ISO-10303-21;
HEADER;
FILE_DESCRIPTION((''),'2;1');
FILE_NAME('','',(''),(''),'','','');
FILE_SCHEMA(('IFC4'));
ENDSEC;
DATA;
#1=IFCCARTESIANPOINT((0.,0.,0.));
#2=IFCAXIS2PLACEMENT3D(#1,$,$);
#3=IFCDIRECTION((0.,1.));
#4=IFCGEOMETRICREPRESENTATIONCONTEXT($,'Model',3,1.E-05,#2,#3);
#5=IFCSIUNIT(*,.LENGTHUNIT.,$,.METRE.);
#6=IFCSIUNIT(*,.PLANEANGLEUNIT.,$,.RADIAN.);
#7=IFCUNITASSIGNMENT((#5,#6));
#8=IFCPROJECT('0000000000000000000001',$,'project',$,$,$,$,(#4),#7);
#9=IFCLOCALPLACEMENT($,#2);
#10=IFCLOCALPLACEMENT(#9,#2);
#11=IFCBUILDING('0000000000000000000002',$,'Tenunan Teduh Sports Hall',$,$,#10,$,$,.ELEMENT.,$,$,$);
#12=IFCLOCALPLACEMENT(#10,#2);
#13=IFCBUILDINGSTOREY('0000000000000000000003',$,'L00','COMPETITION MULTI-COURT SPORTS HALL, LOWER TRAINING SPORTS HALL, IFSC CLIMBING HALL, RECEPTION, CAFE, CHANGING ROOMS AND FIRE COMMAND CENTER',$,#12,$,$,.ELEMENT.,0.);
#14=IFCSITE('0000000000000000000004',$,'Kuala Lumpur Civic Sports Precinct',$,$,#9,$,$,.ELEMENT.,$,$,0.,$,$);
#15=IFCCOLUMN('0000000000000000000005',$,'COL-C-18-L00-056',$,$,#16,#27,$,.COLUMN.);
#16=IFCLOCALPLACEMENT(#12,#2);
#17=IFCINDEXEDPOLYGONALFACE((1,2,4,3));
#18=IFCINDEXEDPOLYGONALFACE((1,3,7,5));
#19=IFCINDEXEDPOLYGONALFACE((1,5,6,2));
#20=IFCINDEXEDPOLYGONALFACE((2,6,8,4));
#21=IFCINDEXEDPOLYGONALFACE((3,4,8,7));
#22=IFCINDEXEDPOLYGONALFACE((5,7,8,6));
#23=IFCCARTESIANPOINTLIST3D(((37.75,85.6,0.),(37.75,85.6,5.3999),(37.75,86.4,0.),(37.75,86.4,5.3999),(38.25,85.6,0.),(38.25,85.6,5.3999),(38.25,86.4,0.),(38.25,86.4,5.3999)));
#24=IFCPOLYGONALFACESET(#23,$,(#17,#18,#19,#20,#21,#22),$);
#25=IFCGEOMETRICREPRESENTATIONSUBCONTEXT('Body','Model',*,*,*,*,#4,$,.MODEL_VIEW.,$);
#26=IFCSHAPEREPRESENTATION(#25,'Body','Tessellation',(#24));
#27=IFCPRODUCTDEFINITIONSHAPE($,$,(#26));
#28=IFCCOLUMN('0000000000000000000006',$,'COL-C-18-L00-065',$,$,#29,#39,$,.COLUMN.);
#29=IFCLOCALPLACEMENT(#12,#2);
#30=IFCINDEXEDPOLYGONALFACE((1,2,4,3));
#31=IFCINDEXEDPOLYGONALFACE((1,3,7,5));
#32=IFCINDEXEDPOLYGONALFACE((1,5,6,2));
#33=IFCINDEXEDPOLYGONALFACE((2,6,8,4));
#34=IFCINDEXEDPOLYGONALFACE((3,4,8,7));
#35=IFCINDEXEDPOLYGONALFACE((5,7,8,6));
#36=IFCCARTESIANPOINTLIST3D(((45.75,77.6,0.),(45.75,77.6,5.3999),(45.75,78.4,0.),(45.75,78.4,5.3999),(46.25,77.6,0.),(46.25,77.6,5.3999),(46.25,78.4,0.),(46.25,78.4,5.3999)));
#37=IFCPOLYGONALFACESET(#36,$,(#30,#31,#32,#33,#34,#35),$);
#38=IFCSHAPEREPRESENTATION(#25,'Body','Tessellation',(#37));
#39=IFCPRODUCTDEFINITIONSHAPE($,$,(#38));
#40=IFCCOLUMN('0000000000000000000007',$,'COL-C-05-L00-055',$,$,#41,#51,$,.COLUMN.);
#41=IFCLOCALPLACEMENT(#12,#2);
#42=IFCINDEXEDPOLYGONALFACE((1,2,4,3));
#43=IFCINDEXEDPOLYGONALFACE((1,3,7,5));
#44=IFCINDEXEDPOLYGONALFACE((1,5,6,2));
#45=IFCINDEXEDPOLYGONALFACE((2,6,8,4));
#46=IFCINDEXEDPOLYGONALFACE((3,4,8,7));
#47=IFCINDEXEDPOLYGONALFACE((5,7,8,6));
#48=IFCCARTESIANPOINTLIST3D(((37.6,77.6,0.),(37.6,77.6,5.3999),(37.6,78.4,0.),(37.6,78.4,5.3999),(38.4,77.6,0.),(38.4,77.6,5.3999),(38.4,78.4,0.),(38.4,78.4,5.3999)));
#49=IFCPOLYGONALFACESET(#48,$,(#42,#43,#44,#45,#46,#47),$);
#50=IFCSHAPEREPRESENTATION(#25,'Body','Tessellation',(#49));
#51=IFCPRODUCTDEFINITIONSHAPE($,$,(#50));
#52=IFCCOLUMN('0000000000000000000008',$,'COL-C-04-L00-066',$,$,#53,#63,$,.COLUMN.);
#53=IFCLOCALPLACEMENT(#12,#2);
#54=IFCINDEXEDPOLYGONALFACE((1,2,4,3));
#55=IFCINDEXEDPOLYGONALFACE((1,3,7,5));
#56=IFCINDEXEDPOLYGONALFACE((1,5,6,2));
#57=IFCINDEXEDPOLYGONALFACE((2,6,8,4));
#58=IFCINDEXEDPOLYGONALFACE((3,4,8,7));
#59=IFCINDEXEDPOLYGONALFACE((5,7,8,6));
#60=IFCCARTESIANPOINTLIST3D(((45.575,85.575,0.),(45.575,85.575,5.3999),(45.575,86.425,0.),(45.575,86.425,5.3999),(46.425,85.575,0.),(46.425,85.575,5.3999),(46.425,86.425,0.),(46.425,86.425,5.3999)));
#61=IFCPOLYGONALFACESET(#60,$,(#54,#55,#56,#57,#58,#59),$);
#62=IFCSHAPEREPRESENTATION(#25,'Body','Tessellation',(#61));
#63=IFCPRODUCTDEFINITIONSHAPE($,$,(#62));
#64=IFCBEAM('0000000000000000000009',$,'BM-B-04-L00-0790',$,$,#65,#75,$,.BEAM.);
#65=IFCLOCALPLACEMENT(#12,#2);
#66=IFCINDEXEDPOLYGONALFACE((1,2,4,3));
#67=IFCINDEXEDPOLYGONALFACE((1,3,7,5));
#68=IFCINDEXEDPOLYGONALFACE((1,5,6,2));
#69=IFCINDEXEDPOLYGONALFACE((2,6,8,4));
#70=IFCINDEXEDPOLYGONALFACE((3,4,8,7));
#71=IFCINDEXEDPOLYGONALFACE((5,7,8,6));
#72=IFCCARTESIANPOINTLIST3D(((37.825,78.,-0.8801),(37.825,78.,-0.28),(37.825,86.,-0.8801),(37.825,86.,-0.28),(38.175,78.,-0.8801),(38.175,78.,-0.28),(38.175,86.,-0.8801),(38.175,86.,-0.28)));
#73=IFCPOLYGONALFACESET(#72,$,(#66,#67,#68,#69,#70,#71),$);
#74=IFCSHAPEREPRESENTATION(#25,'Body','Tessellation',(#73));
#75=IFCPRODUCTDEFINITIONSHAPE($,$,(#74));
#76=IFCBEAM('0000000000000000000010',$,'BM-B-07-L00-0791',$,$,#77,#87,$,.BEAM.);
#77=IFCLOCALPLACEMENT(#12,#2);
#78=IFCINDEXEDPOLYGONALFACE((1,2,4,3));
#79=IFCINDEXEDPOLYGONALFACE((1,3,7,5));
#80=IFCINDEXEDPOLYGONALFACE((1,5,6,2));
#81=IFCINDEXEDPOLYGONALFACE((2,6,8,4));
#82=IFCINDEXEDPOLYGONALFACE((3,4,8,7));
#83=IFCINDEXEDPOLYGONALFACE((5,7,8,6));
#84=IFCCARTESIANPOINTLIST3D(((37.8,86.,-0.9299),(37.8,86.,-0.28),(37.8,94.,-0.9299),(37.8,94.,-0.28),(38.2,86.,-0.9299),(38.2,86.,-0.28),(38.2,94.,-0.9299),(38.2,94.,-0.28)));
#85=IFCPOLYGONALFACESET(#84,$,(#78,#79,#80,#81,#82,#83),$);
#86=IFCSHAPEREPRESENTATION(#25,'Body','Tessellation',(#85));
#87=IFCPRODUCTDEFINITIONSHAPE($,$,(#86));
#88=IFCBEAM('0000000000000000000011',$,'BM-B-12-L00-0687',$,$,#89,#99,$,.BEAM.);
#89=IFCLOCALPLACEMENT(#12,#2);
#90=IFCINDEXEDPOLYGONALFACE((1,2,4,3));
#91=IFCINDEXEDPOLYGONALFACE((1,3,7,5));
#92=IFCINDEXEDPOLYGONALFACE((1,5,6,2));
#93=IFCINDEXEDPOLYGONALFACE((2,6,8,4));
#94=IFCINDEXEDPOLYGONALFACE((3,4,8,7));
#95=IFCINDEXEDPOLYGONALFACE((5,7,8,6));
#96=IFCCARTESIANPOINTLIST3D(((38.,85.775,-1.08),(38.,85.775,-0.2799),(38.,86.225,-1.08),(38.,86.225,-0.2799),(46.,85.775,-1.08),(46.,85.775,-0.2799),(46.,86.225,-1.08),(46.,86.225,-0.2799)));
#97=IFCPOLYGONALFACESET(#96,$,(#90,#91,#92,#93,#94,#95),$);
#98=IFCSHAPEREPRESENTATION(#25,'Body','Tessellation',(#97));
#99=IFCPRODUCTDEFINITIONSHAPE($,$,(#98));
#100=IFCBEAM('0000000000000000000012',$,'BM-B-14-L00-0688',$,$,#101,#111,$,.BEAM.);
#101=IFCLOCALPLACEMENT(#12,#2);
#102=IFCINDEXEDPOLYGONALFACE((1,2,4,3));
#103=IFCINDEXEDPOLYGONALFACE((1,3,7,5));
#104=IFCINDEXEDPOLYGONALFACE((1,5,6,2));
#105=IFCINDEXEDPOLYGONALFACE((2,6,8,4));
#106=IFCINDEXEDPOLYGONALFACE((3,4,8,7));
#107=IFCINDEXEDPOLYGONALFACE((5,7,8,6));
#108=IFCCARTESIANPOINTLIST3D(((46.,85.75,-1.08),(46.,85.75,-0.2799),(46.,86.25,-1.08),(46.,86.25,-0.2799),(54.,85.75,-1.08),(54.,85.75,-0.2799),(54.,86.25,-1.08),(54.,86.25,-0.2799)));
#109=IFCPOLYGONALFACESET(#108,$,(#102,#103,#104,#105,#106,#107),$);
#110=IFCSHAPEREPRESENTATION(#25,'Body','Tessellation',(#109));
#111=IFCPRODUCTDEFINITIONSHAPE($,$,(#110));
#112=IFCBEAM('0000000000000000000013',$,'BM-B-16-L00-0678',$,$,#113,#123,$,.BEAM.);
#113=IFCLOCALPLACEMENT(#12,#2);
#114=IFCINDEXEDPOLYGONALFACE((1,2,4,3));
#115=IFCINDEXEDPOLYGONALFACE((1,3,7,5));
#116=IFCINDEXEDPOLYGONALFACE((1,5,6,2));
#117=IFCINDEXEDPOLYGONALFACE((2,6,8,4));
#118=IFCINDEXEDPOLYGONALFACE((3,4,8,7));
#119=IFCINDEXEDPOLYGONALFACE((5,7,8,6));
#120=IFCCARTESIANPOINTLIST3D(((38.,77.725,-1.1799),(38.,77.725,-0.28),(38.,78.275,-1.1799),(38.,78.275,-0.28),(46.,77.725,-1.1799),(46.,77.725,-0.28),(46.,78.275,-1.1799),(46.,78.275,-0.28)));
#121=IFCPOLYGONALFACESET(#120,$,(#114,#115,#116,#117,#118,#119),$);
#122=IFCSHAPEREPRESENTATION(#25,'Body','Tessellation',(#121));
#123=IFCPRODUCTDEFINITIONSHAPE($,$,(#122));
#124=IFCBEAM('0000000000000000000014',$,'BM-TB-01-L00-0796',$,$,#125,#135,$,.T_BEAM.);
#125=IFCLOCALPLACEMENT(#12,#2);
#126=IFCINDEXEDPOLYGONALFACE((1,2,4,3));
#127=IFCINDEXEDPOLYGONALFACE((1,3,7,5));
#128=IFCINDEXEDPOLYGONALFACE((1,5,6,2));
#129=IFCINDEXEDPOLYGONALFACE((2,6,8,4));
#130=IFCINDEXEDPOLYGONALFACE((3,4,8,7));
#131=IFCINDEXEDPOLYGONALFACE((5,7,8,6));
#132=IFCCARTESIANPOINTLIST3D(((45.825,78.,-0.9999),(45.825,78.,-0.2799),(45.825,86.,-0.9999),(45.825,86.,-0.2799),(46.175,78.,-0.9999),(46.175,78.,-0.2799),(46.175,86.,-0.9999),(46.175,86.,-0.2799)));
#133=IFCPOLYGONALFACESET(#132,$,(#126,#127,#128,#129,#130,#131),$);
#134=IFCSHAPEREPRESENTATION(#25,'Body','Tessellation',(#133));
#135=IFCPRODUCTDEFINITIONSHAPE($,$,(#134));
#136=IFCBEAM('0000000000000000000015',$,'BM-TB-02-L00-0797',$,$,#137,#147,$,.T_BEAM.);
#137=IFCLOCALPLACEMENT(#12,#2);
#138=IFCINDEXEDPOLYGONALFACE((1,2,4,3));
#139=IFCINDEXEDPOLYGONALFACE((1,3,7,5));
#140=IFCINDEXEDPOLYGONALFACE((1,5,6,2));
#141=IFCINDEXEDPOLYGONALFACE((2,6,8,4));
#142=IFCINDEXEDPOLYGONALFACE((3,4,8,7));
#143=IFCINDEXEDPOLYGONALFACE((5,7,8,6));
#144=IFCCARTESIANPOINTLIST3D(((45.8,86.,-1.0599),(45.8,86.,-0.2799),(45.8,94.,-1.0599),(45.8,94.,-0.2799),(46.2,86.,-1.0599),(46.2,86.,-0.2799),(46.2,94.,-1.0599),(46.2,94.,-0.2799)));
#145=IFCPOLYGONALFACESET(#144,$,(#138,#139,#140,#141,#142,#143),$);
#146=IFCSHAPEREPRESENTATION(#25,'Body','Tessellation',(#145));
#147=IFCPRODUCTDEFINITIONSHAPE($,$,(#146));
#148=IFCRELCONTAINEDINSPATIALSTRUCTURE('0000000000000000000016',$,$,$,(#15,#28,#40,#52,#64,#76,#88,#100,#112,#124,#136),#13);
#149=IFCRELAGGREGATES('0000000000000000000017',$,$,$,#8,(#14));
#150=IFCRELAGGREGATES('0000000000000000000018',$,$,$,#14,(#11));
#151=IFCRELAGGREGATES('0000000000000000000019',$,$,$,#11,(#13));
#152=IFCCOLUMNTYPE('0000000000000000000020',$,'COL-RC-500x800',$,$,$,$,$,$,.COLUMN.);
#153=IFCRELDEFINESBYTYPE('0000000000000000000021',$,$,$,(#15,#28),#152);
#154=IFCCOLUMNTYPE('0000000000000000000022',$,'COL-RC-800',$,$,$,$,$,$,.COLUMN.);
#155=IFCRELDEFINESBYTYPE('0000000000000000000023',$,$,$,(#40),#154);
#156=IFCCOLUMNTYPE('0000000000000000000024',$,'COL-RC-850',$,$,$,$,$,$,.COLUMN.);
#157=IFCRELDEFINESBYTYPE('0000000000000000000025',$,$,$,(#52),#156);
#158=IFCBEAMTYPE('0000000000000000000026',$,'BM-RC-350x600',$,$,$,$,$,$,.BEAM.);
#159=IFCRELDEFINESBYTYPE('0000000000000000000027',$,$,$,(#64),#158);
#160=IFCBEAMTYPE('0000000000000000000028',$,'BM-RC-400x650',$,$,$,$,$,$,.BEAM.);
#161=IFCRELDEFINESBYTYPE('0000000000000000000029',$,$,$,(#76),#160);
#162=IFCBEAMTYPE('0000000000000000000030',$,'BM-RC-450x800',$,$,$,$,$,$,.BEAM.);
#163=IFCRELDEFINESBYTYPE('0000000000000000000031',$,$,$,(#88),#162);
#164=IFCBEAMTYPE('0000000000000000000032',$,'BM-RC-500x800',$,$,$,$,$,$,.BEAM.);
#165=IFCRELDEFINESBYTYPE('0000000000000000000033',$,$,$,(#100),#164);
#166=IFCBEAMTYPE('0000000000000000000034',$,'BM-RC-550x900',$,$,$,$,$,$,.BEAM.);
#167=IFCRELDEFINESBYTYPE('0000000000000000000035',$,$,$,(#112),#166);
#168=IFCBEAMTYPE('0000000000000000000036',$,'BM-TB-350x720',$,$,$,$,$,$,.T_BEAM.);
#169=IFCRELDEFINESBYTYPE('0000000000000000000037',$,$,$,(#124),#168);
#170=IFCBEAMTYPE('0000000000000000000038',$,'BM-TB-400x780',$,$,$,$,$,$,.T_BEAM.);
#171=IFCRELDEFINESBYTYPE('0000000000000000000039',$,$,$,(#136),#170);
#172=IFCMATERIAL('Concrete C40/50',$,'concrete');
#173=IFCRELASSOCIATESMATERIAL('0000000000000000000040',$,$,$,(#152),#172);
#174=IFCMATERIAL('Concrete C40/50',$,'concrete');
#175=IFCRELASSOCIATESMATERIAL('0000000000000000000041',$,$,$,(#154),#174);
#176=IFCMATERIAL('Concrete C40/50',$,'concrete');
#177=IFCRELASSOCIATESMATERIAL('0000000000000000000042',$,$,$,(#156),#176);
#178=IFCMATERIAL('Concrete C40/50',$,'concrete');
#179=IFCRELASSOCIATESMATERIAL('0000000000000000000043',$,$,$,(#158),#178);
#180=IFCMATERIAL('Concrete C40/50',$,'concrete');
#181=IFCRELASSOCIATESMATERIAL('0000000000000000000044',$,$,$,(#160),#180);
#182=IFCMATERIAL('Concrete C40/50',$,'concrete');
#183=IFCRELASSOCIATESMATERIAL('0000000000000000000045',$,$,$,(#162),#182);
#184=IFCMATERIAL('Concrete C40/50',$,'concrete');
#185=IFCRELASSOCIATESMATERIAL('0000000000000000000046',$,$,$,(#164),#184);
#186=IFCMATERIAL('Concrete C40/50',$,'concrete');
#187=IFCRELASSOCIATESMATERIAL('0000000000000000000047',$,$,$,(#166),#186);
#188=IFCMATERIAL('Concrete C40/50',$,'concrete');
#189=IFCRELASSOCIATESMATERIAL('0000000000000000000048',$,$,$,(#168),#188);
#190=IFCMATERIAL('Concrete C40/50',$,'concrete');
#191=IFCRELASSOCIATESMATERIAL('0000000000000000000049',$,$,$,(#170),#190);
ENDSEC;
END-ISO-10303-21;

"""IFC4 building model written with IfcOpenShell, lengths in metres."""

from ifc_helpers import new_model, si_unit, direction, frame, origin, origin_2d, place, context, subcontext, project, spatial, rectangle, extrude, material, material_profile, profile_set, type_object, element, save


model = new_model("IFC4")

# Units and contexts
model_context = context("Model", 3, precision=1e-05, world=origin(), true_north=direction((0.0, 1.0)))
body_context = subcontext(model_context, "Body", "Model", "MODEL_VIEW")
ifc_project = project(units=[si_unit("LENGTHUNIT", "METRE"), si_unit("PLANEANGLEUNIT", "RADIAN")], contexts=[model_context])

# Site, building, storey
site_placement = place(None, origin())
site = spatial("IfcSite", under=ifc_project, at=site_placement, Name="Kuala Lumpur Civic Sports Precinct", CompositionType="ELEMENT", RefElevation=0.0)
building_placement = place(site_placement, origin())
building = spatial("IfcBuilding", under=site, at=building_placement, Name="Tenunan Teduh Sports Hall", CompositionType="ELEMENT")
storey_placement = place(building_placement, origin())
storey = spatial("IfcBuildingStorey", under=building, at=storey_placement, Name="L00", Description="COMPETITION MULTI-COURT SPORTS HALL, LOWER TRAINING SPORTS HALL, IFSC CLIMBING HALL, RECEPTION, CAFE, CHANGING ROOMS AND FIRE COMMAND CENTER", CompositionType="ELEMENT", Elevation=0.0)

# Columns
ifc_material_1 = material(Name="Concrete C40/50", Category="concrete")
ifc_material_profile_1 = material_profile(ifc_material_1, rectangle(XDim=0.5, YDim=0.8, at=origin_2d()), Name="RC 500x800")
ifc_profile_set_1 = profile_set([ifc_material_profile_1], Name="Concrete C40/50")
column_type_1 = type_object("IfcColumnType", Name="COL-RC-500x800", PredefinedType="COLUMN", material=ifc_profile_set_1)
for number, where, z_axis, x_axis, name in (
    (1, (38.0, 86.0, 0.0), (0.0, 0.0, 1.0), (1.0, 0.0, 0.0), "COL-C-18-L00-056"),
    (2, (46.0, 78.0, 0.0), (0.0, 0.0, 1.0), (1.0, 0.0, 0.0), "COL-C-18-L00-065"),
):
    element("IfcColumn", number, at=place(storey_placement, frame(where, z_axis=z_axis, x_axis=x_axis)), inside=storey, type_object=column_type_1, Name=name, PredefinedType="COLUMN", context=body_context, shape_type="SweptSolid", body=[
        extrude(rectangle(XDim=0.5, YDim=0.8, at=origin_2d()), origin(), (0.0, 0.0, 1.0), 5.3999),
    ])
ifc_material_2 = material(Name="Concrete C40/50", Category="concrete")
ifc_material_profile_2 = material_profile(ifc_material_2, rectangle(XDim=0.8, YDim=0.8, at=origin_2d()), Name="RC 800x800")
ifc_profile_set_2 = profile_set([ifc_material_profile_2], Name="Concrete C40/50")
column_type_2 = type_object("IfcColumnType", Name="COL-RC-800", PredefinedType="COLUMN", material=ifc_profile_set_2)
column_1_placement = place(storey_placement, frame((38.0, 78.0, 0.0), z_axis=(0.0, 0.0, 1.0), x_axis=(1.0, 0.0, 0.0)))
element("IfcColumn", 3, at=column_1_placement, inside=storey, type_object=column_type_2, Name="COL-C-05-L00-055", PredefinedType="COLUMN", context=body_context, shape_type="SweptSolid", body=[
    extrude(rectangle(XDim=0.8, YDim=0.8, at=origin_2d()), origin(), (0.0, 0.0, 1.0), 5.3999),
])
ifc_material_3 = material(Name="Concrete C40/50", Category="concrete")
ifc_material_profile_3 = material_profile(ifc_material_3, rectangle(XDim=0.8501, YDim=0.8501, at=origin_2d()), Name="RC 850x850")
ifc_profile_set_3 = profile_set([ifc_material_profile_3], Name="Concrete C40/50")
column_type_3 = type_object("IfcColumnType", Name="COL-RC-850", PredefinedType="COLUMN", material=ifc_profile_set_3)
column_2_placement = place(storey_placement, frame((46.0, 86.0, 0.0), z_axis=(0.0, 0.0, 1.0), x_axis=(1.0, 0.0, 0.0)))
element("IfcColumn", 4, at=column_2_placement, inside=storey, type_object=column_type_3, Name="COL-C-04-L00-066", PredefinedType="COLUMN", context=body_context, shape_type="SweptSolid", body=[
    extrude(rectangle(XDim=0.8501, YDim=0.8501, at=origin_2d()), origin(), (0.0, 0.0, 1.0), 5.3999),
])

# Beams
ifc_material_4 = material(Name="Concrete C40/50", Category="concrete")
ifc_material_profile_4 = material_profile(ifc_material_4, rectangle(XDim=0.3501, YDim=0.6001, at=origin_2d()), Name="RCB 350x600")
ifc_profile_set_4 = profile_set([ifc_material_profile_4], Name="Concrete C40/50")
beam_type_1 = type_object("IfcBeamType", Name="BM-RC-350x600", PredefinedType="BEAM", material=ifc_profile_set_4)
beam_1_placement = place(storey_placement, frame((38.0, 78.0, -0.5801), z_axis=(0.0, 1.0, 0.0), x_axis=(-1.0, 0.0, 0.0)))
element("IfcBeam", 5, at=beam_1_placement, inside=storey, type_object=beam_type_1, Name="BM-B-04-L00-0790", PredefinedType="BEAM", context=body_context, shape_type="SweptSolid", body=[
    extrude(rectangle(XDim=0.3501, YDim=0.6001, at=origin_2d()), origin(), (0.0, 0.0, 1.0), 8.0),
])
ifc_material_5 = material(Name="Concrete C40/50", Category="concrete")
ifc_material_profile_5 = material_profile(ifc_material_5, rectangle(XDim=0.3999, YDim=0.6499, at=origin_2d()), Name="RCB 400x650")
ifc_profile_set_5 = profile_set([ifc_material_profile_5], Name="Concrete C40/50")
beam_type_2 = type_object("IfcBeamType", Name="BM-RC-400x650", PredefinedType="BEAM", material=ifc_profile_set_5)
beam_2_placement = place(storey_placement, frame((38.0, 86.0, -0.605), z_axis=(0.0, 1.0, 0.0), x_axis=(-1.0, 0.0, 0.0)))
element("IfcBeam", 6, at=beam_2_placement, inside=storey, type_object=beam_type_2, Name="BM-B-07-L00-0791", PredefinedType="BEAM", context=body_context, shape_type="SweptSolid", body=[
    extrude(rectangle(XDim=0.3999, YDim=0.6499, at=origin_2d()), origin(), (0.0, 0.0, 1.0), 8.0),
])
ifc_material_6 = material(Name="Concrete C40/50", Category="concrete")
ifc_material_profile_6 = material_profile(ifc_material_6, rectangle(XDim=0.45, YDim=0.8, at=origin_2d()), Name="RCB 450x800")
ifc_profile_set_6 = profile_set([ifc_material_profile_6], Name="Concrete C40/50")
beam_type_3 = type_object("IfcBeamType", Name="BM-RC-450x800", PredefinedType="BEAM", material=ifc_profile_set_6)
beam_3_placement = place(storey_placement, frame((38.0, 86.0, -0.6799), z_axis=(1.0, 0.0, 0.0), x_axis=(0.0, 1.0, 0.0)))
element("IfcBeam", 7, at=beam_3_placement, inside=storey, type_object=beam_type_3, Name="BM-B-12-L00-0687", PredefinedType="BEAM", context=body_context, shape_type="SweptSolid", body=[
    extrude(rectangle(XDim=0.45, YDim=0.8, at=origin_2d()), origin(), (0.0, 0.0, 1.0), 8.0),
])
ifc_material_7 = material(Name="Concrete C40/50", Category="concrete")
ifc_material_profile_7 = material_profile(ifc_material_7, rectangle(XDim=0.5, YDim=0.8, at=origin_2d()), Name="RCB 500x800")
ifc_profile_set_7 = profile_set([ifc_material_profile_7], Name="Concrete C40/50")
beam_type_4 = type_object("IfcBeamType", Name="BM-RC-500x800", PredefinedType="BEAM", material=ifc_profile_set_7)
beam_4_placement = place(storey_placement, frame((46.0, 86.0, -0.6799), z_axis=(1.0, 0.0, 0.0), x_axis=(0.0, 1.0, 0.0)))
element("IfcBeam", 8, at=beam_4_placement, inside=storey, type_object=beam_type_4, Name="BM-B-14-L00-0688", PredefinedType="BEAM", context=body_context, shape_type="SweptSolid", body=[
    extrude(rectangle(XDim=0.5, YDim=0.8, at=origin_2d()), origin(), (0.0, 0.0, 1.0), 8.0),
])
ifc_material_8 = material(Name="Concrete C40/50", Category="concrete")
ifc_material_profile_8 = material_profile(ifc_material_8, rectangle(XDim=0.55, YDim=0.8999, at=origin_2d()), Name="RCB 550x900")
ifc_profile_set_8 = profile_set([ifc_material_profile_8], Name="Concrete C40/50")
beam_type_5 = type_object("IfcBeamType", Name="BM-RC-550x900", PredefinedType="BEAM", material=ifc_profile_set_8)
beam_5_placement = place(storey_placement, frame((38.0, 78.0, -0.73), z_axis=(1.0, 0.0, 0.0), x_axis=(0.0, 1.0, 0.0)))
element("IfcBeam", 9, at=beam_5_placement, inside=storey, type_object=beam_type_5, Name="BM-B-16-L00-0678", PredefinedType="BEAM", context=body_context, shape_type="SweptSolid", body=[
    extrude(rectangle(XDim=0.55, YDim=0.8999, at=origin_2d()), origin(), (0.0, 0.0, 1.0), 8.0),
])
ifc_material_9 = material(Name="Concrete C40/50", Category="concrete")
ifc_material_profile_9 = material_profile(ifc_material_9, rectangle(XDim=0.3501, YDim=0.72, at=origin_2d()), Name="TB 350x720")
ifc_profile_set_9 = profile_set([ifc_material_profile_9], Name="Concrete C40/50")
beam_type_6 = type_object("IfcBeamType", Name="BM-TB-350x720", PredefinedType="T_BEAM", material=ifc_profile_set_9)
beam_6_placement = place(storey_placement, frame((46.0, 78.0, -0.6399), z_axis=(0.0, 1.0, 0.0), x_axis=(-1.0, 0.0, 0.0)))
element("IfcBeam", 10, at=beam_6_placement, inside=storey, type_object=beam_type_6, Name="BM-TB-01-L00-0796", PredefinedType="T_BEAM", context=body_context, shape_type="SweptSolid", body=[
    extrude(rectangle(XDim=0.3501, YDim=0.72, at=origin_2d()), origin(), (0.0, 0.0, 1.0), 8.0),
])
ifc_material_10 = material(Name="Concrete C40/50", Category="concrete")
ifc_material_profile_10 = material_profile(ifc_material_10, rectangle(XDim=0.3999, YDim=0.78, at=origin_2d()), Name="TB 400x780")
ifc_profile_set_10 = profile_set([ifc_material_profile_10], Name="Concrete C40/50")
beam_type_7 = type_object("IfcBeamType", Name="BM-TB-400x780", PredefinedType="T_BEAM", material=ifc_profile_set_10)
beam_7_placement = place(storey_placement, frame((46.0, 86.0, -0.6699), z_axis=(0.0, 1.0, 0.0), x_axis=(-1.0, 0.0, 0.0)))
element("IfcBeam", 11, at=beam_7_placement, inside=storey, type_object=beam_type_7, Name="BM-TB-02-L00-0797", PredefinedType="T_BEAM", context=body_context, shape_type="SweptSolid", body=[
    extrude(rectangle(XDim=0.3999, YDim=0.78, at=origin_2d()), origin(), (0.0, 0.0, 1.0), 8.0),
])

save(model, "model.ifc")
